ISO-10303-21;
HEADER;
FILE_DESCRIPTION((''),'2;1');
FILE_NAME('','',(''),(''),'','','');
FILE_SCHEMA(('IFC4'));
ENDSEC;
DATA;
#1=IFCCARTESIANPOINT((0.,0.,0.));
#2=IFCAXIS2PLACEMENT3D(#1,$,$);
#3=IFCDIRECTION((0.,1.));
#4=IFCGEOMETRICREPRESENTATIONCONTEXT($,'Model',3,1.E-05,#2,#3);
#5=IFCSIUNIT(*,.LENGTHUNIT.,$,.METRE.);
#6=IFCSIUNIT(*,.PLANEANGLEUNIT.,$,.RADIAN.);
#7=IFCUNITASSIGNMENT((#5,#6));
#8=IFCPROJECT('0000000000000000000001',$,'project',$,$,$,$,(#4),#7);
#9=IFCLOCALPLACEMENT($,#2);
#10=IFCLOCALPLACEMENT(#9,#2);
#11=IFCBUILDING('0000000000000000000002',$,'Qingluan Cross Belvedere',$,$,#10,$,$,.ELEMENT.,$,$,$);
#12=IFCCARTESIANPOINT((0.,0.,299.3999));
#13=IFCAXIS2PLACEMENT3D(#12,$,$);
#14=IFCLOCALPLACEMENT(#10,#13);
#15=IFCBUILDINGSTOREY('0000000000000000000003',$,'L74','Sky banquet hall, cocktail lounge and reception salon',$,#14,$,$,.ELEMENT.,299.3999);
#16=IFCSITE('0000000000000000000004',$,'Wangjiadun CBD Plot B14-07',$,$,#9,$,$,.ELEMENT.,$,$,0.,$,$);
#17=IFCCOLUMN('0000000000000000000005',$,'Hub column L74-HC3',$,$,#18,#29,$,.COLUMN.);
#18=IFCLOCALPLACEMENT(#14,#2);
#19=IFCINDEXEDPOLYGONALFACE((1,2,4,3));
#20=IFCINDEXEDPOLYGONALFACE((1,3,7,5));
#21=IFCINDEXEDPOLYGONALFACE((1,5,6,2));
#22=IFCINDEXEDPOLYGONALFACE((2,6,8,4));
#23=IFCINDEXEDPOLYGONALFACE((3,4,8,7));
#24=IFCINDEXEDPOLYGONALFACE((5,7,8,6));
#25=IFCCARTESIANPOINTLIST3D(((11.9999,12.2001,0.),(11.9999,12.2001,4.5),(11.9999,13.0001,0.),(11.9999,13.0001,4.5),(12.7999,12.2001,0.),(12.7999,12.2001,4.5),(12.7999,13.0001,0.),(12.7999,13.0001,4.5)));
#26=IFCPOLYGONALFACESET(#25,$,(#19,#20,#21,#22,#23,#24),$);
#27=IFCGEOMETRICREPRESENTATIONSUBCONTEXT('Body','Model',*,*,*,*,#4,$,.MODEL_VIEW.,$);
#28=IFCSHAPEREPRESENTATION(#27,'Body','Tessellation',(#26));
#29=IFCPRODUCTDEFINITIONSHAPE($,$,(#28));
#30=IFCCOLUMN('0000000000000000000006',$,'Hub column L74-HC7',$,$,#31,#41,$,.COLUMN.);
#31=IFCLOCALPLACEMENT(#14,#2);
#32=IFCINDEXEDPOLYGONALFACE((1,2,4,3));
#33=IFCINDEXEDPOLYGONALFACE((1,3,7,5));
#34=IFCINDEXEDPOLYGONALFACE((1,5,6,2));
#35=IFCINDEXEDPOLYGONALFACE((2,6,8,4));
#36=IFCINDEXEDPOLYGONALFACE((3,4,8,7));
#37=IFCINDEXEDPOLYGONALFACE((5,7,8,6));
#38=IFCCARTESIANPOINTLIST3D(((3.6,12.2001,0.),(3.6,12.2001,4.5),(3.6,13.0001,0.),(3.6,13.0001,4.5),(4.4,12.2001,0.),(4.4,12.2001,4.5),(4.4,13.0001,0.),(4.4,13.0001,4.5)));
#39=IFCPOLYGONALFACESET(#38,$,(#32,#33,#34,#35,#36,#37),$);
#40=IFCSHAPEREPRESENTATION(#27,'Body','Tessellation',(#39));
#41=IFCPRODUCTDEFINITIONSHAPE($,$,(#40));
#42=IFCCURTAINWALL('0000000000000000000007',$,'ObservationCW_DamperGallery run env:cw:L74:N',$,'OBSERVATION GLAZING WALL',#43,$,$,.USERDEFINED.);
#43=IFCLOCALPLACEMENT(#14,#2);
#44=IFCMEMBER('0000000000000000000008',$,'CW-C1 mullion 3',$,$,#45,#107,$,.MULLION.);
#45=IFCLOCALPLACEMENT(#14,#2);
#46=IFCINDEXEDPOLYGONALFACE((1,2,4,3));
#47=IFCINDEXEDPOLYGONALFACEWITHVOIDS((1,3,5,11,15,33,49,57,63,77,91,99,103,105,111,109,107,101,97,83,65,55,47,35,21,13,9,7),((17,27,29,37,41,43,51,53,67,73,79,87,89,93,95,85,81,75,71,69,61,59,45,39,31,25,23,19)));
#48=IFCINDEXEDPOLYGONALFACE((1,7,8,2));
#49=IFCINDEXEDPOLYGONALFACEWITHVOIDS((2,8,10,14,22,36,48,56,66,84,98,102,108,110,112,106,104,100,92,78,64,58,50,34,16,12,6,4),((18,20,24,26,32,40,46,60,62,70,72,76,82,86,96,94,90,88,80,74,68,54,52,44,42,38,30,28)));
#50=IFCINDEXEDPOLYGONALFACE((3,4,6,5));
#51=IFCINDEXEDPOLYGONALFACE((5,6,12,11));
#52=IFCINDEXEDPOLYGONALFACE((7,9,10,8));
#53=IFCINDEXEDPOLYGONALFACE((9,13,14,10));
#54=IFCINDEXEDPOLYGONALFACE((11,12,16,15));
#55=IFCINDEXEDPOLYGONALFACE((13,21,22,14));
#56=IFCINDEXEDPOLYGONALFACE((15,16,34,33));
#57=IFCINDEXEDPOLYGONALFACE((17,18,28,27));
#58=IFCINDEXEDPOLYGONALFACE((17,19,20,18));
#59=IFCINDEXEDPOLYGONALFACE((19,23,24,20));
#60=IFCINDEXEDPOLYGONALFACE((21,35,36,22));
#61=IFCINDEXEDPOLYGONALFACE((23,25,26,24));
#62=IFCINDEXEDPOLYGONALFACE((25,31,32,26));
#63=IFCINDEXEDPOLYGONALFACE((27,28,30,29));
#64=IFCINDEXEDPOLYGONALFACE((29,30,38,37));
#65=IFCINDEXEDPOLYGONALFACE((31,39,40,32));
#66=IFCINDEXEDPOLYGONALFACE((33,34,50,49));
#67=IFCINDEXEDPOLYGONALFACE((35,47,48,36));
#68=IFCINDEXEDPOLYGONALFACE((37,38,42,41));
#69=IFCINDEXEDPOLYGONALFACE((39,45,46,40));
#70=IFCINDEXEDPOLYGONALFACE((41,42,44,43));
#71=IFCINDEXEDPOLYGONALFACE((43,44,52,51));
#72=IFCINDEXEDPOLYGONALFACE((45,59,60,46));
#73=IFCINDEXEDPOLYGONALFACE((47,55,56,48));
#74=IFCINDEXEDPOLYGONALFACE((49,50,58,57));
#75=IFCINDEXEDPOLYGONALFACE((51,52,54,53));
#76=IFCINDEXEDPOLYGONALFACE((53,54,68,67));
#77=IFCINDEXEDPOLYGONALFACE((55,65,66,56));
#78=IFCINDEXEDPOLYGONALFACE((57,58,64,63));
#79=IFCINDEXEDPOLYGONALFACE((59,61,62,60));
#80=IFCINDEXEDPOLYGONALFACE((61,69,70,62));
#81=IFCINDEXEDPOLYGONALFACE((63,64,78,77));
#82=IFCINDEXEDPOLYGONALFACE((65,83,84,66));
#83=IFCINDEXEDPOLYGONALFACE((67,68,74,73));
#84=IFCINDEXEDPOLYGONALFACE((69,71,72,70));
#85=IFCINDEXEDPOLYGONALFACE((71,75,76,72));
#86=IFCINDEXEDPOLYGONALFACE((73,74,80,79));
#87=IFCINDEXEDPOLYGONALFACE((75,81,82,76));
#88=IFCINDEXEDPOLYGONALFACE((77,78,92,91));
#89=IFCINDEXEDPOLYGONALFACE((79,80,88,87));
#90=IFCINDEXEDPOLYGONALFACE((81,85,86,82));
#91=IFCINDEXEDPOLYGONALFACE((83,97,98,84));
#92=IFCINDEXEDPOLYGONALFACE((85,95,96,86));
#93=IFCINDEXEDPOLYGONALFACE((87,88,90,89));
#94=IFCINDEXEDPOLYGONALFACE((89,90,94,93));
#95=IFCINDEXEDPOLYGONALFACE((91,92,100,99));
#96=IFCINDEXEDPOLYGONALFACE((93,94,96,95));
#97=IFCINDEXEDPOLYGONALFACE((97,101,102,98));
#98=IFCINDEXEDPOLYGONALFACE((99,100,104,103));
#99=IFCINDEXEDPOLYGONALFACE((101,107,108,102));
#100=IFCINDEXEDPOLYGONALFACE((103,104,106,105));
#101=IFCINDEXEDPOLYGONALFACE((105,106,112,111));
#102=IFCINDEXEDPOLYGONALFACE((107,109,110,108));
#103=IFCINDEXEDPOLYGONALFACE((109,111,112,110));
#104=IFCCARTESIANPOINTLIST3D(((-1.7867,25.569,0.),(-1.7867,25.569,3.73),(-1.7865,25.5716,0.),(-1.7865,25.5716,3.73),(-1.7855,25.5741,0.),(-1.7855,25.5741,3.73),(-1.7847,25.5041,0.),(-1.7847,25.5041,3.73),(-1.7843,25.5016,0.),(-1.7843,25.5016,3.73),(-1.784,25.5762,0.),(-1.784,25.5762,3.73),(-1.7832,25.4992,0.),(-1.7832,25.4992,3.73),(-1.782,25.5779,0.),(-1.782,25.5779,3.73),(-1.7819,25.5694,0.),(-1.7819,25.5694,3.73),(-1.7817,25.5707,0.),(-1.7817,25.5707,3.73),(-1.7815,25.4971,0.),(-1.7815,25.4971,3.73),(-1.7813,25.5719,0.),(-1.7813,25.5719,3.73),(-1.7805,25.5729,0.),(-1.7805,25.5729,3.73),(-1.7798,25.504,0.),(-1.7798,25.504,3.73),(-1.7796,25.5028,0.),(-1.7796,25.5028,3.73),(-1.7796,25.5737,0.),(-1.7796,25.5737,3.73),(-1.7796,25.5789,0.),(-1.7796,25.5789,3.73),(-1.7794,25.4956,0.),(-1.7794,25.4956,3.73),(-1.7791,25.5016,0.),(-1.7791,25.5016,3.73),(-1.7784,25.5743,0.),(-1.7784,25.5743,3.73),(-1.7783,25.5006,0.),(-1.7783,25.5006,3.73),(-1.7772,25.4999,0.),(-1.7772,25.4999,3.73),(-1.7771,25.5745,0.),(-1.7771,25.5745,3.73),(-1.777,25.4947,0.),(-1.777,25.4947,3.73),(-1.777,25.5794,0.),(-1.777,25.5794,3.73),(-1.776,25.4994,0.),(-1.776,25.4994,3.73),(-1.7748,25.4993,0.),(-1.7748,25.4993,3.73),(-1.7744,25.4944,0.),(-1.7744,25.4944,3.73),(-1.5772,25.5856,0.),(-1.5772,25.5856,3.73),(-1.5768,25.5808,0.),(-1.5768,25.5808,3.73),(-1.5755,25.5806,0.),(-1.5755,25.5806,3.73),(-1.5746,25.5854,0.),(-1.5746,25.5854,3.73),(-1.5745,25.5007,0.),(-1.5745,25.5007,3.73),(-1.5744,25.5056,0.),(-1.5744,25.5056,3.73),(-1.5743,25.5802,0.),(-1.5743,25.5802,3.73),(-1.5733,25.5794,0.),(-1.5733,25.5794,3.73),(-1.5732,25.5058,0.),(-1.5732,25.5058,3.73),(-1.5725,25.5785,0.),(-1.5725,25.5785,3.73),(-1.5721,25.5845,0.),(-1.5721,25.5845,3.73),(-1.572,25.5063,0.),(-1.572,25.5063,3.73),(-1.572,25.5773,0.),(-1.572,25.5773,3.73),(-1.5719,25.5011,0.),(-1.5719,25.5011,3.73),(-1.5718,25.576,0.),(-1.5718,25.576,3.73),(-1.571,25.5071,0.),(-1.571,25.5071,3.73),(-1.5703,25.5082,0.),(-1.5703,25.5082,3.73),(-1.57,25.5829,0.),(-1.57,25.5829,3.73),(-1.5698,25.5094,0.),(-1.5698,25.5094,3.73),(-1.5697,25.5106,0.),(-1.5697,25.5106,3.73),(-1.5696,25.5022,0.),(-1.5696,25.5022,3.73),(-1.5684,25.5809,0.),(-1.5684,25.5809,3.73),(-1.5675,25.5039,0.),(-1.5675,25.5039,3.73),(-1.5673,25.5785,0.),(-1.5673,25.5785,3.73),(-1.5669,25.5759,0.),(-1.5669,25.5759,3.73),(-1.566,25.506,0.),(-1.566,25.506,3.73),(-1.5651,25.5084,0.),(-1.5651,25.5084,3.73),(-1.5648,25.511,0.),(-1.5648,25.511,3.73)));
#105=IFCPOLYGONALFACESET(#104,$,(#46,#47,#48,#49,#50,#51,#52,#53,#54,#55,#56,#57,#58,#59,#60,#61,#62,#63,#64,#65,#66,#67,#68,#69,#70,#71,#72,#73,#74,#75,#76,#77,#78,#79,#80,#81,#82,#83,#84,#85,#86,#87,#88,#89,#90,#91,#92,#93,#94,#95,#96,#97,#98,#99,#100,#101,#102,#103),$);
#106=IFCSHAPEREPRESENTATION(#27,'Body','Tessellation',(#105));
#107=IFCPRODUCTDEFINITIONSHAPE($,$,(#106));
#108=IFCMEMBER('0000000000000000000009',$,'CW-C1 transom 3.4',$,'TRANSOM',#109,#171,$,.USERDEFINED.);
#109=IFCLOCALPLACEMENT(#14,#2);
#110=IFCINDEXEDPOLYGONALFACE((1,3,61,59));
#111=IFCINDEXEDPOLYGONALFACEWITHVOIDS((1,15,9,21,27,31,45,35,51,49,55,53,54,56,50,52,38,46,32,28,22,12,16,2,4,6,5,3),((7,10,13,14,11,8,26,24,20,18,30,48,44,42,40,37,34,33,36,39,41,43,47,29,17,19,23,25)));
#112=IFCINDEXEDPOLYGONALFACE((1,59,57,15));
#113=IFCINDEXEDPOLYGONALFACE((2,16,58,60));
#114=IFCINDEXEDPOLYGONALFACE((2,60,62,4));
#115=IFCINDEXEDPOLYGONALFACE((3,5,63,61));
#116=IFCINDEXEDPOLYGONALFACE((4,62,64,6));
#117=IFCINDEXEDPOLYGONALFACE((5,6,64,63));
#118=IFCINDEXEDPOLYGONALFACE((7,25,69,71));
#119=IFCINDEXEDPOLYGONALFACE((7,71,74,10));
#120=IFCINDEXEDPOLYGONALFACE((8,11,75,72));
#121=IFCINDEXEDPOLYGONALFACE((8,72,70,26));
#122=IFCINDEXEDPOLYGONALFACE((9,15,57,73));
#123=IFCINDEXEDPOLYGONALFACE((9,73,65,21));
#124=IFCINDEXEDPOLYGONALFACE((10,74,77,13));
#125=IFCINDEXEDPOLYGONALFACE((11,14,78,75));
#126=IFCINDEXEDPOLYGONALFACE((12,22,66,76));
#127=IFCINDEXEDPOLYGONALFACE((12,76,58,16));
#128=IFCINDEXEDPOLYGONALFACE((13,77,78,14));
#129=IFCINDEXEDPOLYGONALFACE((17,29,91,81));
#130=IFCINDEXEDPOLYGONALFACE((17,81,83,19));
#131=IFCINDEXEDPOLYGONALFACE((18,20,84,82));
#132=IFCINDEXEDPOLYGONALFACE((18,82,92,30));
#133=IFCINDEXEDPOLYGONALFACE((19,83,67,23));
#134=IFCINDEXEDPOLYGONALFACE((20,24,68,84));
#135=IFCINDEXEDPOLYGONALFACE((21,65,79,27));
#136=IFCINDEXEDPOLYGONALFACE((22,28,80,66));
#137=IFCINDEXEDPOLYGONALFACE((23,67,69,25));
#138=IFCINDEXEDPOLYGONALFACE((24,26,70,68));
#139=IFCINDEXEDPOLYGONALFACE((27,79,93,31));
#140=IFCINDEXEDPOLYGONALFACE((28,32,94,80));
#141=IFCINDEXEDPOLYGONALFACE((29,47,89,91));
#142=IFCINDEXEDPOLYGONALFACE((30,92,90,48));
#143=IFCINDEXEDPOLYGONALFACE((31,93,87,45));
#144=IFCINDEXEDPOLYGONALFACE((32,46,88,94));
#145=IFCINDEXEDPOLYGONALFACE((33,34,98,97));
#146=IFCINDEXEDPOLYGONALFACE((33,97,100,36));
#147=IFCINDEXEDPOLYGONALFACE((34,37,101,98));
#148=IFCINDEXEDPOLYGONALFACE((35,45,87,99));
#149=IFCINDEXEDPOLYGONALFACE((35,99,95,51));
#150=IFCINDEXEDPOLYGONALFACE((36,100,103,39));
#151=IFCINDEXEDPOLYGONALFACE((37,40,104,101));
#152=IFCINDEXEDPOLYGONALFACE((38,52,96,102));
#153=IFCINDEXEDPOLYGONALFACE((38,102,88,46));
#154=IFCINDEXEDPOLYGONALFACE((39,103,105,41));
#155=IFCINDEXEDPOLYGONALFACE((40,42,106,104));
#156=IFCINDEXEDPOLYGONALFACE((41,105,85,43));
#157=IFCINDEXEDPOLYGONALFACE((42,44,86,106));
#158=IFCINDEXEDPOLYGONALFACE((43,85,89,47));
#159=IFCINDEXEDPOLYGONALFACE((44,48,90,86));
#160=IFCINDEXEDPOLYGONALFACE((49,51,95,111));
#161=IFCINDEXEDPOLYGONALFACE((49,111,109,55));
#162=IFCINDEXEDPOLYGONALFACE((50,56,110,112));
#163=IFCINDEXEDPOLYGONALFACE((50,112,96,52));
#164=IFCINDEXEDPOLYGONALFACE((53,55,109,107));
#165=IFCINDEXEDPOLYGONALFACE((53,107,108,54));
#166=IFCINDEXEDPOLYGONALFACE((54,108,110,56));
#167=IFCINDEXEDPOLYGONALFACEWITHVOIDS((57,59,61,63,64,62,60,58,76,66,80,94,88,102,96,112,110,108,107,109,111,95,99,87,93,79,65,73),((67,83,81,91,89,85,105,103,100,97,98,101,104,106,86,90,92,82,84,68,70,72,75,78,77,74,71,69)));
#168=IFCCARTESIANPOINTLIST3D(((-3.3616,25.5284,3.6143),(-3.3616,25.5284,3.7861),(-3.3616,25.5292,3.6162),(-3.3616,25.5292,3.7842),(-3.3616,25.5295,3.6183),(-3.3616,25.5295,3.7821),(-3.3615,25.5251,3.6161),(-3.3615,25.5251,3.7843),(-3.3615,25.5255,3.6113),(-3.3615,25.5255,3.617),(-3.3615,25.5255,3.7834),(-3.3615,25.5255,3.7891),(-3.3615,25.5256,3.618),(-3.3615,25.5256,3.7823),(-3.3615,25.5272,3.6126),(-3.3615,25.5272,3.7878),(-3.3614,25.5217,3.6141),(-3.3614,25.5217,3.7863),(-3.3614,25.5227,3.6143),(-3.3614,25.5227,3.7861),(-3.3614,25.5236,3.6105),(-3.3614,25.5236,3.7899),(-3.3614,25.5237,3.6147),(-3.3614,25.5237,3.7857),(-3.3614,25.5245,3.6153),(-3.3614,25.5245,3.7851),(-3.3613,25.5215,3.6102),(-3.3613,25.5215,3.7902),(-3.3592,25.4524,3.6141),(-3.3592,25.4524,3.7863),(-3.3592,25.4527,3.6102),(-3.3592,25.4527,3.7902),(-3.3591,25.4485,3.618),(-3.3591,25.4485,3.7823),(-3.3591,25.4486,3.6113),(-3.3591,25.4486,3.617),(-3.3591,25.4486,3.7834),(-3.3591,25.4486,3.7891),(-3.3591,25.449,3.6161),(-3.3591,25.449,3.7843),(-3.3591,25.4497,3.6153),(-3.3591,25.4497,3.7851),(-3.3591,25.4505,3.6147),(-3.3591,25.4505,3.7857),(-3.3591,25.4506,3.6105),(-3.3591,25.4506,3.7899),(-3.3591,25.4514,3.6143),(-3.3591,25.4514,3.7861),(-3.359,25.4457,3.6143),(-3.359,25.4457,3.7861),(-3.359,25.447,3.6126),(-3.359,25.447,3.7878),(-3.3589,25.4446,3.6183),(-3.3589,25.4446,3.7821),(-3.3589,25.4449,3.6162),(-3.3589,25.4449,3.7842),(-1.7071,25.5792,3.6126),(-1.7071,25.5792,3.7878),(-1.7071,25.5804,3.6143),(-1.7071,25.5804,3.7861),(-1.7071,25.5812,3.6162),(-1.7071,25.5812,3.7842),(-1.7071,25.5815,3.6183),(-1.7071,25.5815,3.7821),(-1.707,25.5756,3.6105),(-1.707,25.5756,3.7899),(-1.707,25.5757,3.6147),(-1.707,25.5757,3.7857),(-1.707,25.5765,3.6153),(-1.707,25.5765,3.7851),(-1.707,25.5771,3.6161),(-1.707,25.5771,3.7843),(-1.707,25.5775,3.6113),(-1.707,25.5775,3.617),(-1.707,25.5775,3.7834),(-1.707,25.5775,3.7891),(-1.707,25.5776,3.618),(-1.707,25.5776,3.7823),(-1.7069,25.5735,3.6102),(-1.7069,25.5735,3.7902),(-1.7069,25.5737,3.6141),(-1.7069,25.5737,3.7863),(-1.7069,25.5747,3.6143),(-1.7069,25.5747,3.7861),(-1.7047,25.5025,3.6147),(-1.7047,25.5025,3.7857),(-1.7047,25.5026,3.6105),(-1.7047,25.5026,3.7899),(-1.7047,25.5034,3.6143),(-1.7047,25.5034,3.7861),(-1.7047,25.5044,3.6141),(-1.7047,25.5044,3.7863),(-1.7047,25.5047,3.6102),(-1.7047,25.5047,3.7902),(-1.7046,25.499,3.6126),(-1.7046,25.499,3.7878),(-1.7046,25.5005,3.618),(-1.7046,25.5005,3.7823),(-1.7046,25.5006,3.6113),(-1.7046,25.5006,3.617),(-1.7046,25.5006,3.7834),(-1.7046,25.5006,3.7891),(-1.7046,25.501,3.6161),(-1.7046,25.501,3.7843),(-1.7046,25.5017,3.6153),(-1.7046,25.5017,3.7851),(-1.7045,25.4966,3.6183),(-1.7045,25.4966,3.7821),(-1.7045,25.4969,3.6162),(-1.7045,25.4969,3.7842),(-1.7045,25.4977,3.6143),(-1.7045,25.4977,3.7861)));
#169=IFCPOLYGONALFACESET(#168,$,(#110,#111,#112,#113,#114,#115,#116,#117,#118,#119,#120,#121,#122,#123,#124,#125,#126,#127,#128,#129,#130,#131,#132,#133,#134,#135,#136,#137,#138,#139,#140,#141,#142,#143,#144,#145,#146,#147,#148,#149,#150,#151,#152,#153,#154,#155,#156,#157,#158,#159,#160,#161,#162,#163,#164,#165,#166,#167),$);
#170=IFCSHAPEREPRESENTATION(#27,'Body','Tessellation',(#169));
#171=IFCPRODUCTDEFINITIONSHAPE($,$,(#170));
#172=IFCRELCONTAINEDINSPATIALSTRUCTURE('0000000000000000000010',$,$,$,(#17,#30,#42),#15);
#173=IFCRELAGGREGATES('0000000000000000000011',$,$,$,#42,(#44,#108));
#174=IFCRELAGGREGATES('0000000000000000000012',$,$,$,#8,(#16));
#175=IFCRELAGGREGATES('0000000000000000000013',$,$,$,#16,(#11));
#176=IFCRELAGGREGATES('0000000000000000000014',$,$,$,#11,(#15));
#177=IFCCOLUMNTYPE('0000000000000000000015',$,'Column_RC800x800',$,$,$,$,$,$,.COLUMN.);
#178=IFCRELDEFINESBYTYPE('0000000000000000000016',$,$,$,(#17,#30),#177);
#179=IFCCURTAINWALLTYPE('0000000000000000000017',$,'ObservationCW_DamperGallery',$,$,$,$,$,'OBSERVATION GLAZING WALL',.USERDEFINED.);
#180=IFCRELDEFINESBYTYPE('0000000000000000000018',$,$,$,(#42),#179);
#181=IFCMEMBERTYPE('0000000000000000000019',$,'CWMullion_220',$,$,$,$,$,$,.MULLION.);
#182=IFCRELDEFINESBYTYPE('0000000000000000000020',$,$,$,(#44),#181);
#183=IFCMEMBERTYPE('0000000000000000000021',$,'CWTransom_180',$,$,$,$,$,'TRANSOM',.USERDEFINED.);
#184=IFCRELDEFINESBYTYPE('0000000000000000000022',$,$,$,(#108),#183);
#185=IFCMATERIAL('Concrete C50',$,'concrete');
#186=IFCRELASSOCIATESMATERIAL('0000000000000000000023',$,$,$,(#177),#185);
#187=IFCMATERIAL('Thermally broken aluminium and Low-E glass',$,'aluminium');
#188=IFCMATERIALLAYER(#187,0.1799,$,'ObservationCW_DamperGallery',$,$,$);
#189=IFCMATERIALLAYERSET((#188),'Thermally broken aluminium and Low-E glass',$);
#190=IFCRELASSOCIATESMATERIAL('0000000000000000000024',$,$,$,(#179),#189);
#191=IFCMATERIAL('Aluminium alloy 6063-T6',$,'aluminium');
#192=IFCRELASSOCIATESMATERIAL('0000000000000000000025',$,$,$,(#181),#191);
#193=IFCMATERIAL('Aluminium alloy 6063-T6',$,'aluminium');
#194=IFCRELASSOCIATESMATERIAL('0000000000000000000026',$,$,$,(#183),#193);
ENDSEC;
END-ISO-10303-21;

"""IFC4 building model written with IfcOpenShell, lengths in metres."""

from ifc_helpers import new_model, si_unit, direction, frame, origin, origin_2d, place, context, subcontext, project, spatial, rectangle, hollow_rectangle, extrude, material, layer, layer_set, material_profile, profile_set, type_object, element, aggregate, save


model = new_model("IFC4")

# Units and contexts
model_context = context("Model", 3, precision=1e-05, world=origin(), true_north=direction((0.0, 1.0)))
body_context = subcontext(model_context, "Body", "Model", "MODEL_VIEW")
ifc_project = project(units=[si_unit("LENGTHUNIT", "METRE"), si_unit("PLANEANGLEUNIT", "RADIAN")], contexts=[model_context])

# Site, building, storey
site_placement = place(None, origin())
site = spatial("IfcSite", under=ifc_project, at=site_placement, Name="Wangjiadun CBD Plot B14-07", CompositionType="ELEMENT", RefElevation=0.0)
building_placement = place(site_placement, origin())
building = spatial("IfcBuilding", under=site, at=building_placement, Name="Qingluan Cross Belvedere", CompositionType="ELEMENT")
storey_placement = place(building_placement, frame((0.0, 0.0, 299.3999)))
storey = spatial("IfcBuildingStorey", under=building, at=storey_placement, Name="L74", Description="Sky banquet hall, cocktail lounge and reception salon", CompositionType="ELEMENT", Elevation=299.3999)

# Columns
ifc_material_1 = material(Name="Concrete C50", Category="concrete")
ifc_material_profile_1 = material_profile(ifc_material_1, rectangle(XDim=0.8, YDim=0.8, at=origin_2d()), Name="RC800x800")
ifc_profile_set_1 = profile_set([ifc_material_profile_1], Name="Concrete C50")
column_type = type_object("IfcColumnType", Name="Column_RC800x800", PredefinedType="COLUMN", material=ifc_profile_set_1)
for number, where, z_axis, x_axis, name in (
    (1, (12.3999, 12.6001, 0.0), (0.0, 0.0, 1.0), (1.0, 0.0, 0.0), "Hub column L74-HC3"),
    (2, (4.0, 12.6001, 0.0), (0.0, 0.0, 1.0), (1.0, 0.0, 0.0), "Hub column L74-HC7"),
):
    element("IfcColumn", number, at=place(storey_placement, frame(where, z_axis=z_axis, x_axis=x_axis)), inside=storey, type_object=column_type, Name=name, PredefinedType="COLUMN", context=body_context, shape_type="SweptSolid", body=[
        extrude(rectangle(XDim=0.8, YDim=0.8, at=origin_2d()), origin(), (0.0, 0.0, 1.0), 4.5),
    ])

# Curtain wall, members
ifc_material_2 = material(Name="Thermally broken aluminium and Low-E glass", Category="aluminium")
ifc_layer_1 = layer(ifc_material_2, 0.1799, Name="ObservationCW_DamperGallery")
ifc_layer_set_1 = layer_set([ifc_layer_1], Name="Thermally broken aluminium and Low-E glass")
curtain_wall_type = type_object("IfcCurtainWallType", Name="ObservationCW_DamperGallery", ElementType="OBSERVATION GLAZING WALL", PredefinedType="USERDEFINED", material=ifc_layer_set_1)
curtain_wall_placement = place(storey_placement, origin())
curtain_wall = element("IfcCurtainWall", 3, at=curtain_wall_placement, inside=storey, type_object=curtain_wall_type, Name="ObservationCW_DamperGallery run env:cw:L74:N", ObjectType="OBSERVATION GLAZING WALL", PredefinedType="USERDEFINED")
ifc_material_3 = material(Name="Aluminium alloy 6063-T6", Category="aluminium")
ifc_material_profile_2 = material_profile(ifc_material_3, hollow_rectangle(XDim=0.085, YDim=0.22, WallThickness=0.0049, InnerFilletRadius=0.0049, OuterFilletRadius=0.01, at=origin_2d()), Name="CWM220x85x5")
ifc_profile_set_2 = profile_set([ifc_material_profile_2], Name="Aluminium alloy 6063-T6")
member_type_1 = type_object("IfcMemberType", Name="CWMullion_220", PredefinedType="MULLION", material=ifc_profile_set_2)
member_1_placement = place(storey_placement, frame((-1.6758, 25.54, 0.0), z_axis=(0.0, 0.0, 1.0), x_axis=(0.031398, -0.999507, 0.0)))
member_1 = element("IfcMember", 4, at=member_1_placement, type_object=member_type_1, Name="CW-C1 mullion 3", PredefinedType="MULLION", context=body_context, shape_type="SweptSolid", body=[
    extrude(hollow_rectangle(XDim=0.085, YDim=0.22, WallThickness=0.0049, InnerFilletRadius=0.0049, OuterFilletRadius=0.01, at=origin_2d()), origin(), (0.0, 0.0, 1.0), 3.73),
])
ifc_material_4 = material(Name="Aluminium alloy 6063-T6", Category="aluminium")
ifc_material_profile_3 = material_profile(ifc_material_4, hollow_rectangle(XDim=0.085, YDim=0.1799, WallThickness=0.0039, InnerFilletRadius=0.0039, OuterFilletRadius=0.0081, at=origin_2d()), Name="CWT180x85x4")
ifc_profile_set_3 = profile_set([ifc_material_profile_3], Name="Aluminium alloy 6063-T6")
member_type_2 = type_object("IfcMemberType", Name="CWTransom_180", ElementType="TRANSOM", PredefinedType="USERDEFINED", material=ifc_profile_set_3)
member_2_placement = place(storey_placement, frame((-1.7058, 25.5391, 3.7002), z_axis=(-0.999506, -0.031414, 0.0), x_axis=(0.031414, -0.999506, 0.0)))
member_2 = element("IfcMember", 5, at=member_2_placement, type_object=member_type_2, Name="CW-C1 transom 3.4", ObjectType="TRANSOM", PredefinedType="USERDEFINED", context=body_context, shape_type="SweptSolid", body=[
    extrude(hollow_rectangle(XDim=0.085, YDim=0.1799, WallThickness=0.0039, InnerFilletRadius=0.0039, OuterFilletRadius=0.0081, at=origin_2d()), origin(), (0.0, 0.0, 1.0), 1.6553),
])
aggregate(curtain_wall, [member_1, member_2])

save(model, "model.ifc")
